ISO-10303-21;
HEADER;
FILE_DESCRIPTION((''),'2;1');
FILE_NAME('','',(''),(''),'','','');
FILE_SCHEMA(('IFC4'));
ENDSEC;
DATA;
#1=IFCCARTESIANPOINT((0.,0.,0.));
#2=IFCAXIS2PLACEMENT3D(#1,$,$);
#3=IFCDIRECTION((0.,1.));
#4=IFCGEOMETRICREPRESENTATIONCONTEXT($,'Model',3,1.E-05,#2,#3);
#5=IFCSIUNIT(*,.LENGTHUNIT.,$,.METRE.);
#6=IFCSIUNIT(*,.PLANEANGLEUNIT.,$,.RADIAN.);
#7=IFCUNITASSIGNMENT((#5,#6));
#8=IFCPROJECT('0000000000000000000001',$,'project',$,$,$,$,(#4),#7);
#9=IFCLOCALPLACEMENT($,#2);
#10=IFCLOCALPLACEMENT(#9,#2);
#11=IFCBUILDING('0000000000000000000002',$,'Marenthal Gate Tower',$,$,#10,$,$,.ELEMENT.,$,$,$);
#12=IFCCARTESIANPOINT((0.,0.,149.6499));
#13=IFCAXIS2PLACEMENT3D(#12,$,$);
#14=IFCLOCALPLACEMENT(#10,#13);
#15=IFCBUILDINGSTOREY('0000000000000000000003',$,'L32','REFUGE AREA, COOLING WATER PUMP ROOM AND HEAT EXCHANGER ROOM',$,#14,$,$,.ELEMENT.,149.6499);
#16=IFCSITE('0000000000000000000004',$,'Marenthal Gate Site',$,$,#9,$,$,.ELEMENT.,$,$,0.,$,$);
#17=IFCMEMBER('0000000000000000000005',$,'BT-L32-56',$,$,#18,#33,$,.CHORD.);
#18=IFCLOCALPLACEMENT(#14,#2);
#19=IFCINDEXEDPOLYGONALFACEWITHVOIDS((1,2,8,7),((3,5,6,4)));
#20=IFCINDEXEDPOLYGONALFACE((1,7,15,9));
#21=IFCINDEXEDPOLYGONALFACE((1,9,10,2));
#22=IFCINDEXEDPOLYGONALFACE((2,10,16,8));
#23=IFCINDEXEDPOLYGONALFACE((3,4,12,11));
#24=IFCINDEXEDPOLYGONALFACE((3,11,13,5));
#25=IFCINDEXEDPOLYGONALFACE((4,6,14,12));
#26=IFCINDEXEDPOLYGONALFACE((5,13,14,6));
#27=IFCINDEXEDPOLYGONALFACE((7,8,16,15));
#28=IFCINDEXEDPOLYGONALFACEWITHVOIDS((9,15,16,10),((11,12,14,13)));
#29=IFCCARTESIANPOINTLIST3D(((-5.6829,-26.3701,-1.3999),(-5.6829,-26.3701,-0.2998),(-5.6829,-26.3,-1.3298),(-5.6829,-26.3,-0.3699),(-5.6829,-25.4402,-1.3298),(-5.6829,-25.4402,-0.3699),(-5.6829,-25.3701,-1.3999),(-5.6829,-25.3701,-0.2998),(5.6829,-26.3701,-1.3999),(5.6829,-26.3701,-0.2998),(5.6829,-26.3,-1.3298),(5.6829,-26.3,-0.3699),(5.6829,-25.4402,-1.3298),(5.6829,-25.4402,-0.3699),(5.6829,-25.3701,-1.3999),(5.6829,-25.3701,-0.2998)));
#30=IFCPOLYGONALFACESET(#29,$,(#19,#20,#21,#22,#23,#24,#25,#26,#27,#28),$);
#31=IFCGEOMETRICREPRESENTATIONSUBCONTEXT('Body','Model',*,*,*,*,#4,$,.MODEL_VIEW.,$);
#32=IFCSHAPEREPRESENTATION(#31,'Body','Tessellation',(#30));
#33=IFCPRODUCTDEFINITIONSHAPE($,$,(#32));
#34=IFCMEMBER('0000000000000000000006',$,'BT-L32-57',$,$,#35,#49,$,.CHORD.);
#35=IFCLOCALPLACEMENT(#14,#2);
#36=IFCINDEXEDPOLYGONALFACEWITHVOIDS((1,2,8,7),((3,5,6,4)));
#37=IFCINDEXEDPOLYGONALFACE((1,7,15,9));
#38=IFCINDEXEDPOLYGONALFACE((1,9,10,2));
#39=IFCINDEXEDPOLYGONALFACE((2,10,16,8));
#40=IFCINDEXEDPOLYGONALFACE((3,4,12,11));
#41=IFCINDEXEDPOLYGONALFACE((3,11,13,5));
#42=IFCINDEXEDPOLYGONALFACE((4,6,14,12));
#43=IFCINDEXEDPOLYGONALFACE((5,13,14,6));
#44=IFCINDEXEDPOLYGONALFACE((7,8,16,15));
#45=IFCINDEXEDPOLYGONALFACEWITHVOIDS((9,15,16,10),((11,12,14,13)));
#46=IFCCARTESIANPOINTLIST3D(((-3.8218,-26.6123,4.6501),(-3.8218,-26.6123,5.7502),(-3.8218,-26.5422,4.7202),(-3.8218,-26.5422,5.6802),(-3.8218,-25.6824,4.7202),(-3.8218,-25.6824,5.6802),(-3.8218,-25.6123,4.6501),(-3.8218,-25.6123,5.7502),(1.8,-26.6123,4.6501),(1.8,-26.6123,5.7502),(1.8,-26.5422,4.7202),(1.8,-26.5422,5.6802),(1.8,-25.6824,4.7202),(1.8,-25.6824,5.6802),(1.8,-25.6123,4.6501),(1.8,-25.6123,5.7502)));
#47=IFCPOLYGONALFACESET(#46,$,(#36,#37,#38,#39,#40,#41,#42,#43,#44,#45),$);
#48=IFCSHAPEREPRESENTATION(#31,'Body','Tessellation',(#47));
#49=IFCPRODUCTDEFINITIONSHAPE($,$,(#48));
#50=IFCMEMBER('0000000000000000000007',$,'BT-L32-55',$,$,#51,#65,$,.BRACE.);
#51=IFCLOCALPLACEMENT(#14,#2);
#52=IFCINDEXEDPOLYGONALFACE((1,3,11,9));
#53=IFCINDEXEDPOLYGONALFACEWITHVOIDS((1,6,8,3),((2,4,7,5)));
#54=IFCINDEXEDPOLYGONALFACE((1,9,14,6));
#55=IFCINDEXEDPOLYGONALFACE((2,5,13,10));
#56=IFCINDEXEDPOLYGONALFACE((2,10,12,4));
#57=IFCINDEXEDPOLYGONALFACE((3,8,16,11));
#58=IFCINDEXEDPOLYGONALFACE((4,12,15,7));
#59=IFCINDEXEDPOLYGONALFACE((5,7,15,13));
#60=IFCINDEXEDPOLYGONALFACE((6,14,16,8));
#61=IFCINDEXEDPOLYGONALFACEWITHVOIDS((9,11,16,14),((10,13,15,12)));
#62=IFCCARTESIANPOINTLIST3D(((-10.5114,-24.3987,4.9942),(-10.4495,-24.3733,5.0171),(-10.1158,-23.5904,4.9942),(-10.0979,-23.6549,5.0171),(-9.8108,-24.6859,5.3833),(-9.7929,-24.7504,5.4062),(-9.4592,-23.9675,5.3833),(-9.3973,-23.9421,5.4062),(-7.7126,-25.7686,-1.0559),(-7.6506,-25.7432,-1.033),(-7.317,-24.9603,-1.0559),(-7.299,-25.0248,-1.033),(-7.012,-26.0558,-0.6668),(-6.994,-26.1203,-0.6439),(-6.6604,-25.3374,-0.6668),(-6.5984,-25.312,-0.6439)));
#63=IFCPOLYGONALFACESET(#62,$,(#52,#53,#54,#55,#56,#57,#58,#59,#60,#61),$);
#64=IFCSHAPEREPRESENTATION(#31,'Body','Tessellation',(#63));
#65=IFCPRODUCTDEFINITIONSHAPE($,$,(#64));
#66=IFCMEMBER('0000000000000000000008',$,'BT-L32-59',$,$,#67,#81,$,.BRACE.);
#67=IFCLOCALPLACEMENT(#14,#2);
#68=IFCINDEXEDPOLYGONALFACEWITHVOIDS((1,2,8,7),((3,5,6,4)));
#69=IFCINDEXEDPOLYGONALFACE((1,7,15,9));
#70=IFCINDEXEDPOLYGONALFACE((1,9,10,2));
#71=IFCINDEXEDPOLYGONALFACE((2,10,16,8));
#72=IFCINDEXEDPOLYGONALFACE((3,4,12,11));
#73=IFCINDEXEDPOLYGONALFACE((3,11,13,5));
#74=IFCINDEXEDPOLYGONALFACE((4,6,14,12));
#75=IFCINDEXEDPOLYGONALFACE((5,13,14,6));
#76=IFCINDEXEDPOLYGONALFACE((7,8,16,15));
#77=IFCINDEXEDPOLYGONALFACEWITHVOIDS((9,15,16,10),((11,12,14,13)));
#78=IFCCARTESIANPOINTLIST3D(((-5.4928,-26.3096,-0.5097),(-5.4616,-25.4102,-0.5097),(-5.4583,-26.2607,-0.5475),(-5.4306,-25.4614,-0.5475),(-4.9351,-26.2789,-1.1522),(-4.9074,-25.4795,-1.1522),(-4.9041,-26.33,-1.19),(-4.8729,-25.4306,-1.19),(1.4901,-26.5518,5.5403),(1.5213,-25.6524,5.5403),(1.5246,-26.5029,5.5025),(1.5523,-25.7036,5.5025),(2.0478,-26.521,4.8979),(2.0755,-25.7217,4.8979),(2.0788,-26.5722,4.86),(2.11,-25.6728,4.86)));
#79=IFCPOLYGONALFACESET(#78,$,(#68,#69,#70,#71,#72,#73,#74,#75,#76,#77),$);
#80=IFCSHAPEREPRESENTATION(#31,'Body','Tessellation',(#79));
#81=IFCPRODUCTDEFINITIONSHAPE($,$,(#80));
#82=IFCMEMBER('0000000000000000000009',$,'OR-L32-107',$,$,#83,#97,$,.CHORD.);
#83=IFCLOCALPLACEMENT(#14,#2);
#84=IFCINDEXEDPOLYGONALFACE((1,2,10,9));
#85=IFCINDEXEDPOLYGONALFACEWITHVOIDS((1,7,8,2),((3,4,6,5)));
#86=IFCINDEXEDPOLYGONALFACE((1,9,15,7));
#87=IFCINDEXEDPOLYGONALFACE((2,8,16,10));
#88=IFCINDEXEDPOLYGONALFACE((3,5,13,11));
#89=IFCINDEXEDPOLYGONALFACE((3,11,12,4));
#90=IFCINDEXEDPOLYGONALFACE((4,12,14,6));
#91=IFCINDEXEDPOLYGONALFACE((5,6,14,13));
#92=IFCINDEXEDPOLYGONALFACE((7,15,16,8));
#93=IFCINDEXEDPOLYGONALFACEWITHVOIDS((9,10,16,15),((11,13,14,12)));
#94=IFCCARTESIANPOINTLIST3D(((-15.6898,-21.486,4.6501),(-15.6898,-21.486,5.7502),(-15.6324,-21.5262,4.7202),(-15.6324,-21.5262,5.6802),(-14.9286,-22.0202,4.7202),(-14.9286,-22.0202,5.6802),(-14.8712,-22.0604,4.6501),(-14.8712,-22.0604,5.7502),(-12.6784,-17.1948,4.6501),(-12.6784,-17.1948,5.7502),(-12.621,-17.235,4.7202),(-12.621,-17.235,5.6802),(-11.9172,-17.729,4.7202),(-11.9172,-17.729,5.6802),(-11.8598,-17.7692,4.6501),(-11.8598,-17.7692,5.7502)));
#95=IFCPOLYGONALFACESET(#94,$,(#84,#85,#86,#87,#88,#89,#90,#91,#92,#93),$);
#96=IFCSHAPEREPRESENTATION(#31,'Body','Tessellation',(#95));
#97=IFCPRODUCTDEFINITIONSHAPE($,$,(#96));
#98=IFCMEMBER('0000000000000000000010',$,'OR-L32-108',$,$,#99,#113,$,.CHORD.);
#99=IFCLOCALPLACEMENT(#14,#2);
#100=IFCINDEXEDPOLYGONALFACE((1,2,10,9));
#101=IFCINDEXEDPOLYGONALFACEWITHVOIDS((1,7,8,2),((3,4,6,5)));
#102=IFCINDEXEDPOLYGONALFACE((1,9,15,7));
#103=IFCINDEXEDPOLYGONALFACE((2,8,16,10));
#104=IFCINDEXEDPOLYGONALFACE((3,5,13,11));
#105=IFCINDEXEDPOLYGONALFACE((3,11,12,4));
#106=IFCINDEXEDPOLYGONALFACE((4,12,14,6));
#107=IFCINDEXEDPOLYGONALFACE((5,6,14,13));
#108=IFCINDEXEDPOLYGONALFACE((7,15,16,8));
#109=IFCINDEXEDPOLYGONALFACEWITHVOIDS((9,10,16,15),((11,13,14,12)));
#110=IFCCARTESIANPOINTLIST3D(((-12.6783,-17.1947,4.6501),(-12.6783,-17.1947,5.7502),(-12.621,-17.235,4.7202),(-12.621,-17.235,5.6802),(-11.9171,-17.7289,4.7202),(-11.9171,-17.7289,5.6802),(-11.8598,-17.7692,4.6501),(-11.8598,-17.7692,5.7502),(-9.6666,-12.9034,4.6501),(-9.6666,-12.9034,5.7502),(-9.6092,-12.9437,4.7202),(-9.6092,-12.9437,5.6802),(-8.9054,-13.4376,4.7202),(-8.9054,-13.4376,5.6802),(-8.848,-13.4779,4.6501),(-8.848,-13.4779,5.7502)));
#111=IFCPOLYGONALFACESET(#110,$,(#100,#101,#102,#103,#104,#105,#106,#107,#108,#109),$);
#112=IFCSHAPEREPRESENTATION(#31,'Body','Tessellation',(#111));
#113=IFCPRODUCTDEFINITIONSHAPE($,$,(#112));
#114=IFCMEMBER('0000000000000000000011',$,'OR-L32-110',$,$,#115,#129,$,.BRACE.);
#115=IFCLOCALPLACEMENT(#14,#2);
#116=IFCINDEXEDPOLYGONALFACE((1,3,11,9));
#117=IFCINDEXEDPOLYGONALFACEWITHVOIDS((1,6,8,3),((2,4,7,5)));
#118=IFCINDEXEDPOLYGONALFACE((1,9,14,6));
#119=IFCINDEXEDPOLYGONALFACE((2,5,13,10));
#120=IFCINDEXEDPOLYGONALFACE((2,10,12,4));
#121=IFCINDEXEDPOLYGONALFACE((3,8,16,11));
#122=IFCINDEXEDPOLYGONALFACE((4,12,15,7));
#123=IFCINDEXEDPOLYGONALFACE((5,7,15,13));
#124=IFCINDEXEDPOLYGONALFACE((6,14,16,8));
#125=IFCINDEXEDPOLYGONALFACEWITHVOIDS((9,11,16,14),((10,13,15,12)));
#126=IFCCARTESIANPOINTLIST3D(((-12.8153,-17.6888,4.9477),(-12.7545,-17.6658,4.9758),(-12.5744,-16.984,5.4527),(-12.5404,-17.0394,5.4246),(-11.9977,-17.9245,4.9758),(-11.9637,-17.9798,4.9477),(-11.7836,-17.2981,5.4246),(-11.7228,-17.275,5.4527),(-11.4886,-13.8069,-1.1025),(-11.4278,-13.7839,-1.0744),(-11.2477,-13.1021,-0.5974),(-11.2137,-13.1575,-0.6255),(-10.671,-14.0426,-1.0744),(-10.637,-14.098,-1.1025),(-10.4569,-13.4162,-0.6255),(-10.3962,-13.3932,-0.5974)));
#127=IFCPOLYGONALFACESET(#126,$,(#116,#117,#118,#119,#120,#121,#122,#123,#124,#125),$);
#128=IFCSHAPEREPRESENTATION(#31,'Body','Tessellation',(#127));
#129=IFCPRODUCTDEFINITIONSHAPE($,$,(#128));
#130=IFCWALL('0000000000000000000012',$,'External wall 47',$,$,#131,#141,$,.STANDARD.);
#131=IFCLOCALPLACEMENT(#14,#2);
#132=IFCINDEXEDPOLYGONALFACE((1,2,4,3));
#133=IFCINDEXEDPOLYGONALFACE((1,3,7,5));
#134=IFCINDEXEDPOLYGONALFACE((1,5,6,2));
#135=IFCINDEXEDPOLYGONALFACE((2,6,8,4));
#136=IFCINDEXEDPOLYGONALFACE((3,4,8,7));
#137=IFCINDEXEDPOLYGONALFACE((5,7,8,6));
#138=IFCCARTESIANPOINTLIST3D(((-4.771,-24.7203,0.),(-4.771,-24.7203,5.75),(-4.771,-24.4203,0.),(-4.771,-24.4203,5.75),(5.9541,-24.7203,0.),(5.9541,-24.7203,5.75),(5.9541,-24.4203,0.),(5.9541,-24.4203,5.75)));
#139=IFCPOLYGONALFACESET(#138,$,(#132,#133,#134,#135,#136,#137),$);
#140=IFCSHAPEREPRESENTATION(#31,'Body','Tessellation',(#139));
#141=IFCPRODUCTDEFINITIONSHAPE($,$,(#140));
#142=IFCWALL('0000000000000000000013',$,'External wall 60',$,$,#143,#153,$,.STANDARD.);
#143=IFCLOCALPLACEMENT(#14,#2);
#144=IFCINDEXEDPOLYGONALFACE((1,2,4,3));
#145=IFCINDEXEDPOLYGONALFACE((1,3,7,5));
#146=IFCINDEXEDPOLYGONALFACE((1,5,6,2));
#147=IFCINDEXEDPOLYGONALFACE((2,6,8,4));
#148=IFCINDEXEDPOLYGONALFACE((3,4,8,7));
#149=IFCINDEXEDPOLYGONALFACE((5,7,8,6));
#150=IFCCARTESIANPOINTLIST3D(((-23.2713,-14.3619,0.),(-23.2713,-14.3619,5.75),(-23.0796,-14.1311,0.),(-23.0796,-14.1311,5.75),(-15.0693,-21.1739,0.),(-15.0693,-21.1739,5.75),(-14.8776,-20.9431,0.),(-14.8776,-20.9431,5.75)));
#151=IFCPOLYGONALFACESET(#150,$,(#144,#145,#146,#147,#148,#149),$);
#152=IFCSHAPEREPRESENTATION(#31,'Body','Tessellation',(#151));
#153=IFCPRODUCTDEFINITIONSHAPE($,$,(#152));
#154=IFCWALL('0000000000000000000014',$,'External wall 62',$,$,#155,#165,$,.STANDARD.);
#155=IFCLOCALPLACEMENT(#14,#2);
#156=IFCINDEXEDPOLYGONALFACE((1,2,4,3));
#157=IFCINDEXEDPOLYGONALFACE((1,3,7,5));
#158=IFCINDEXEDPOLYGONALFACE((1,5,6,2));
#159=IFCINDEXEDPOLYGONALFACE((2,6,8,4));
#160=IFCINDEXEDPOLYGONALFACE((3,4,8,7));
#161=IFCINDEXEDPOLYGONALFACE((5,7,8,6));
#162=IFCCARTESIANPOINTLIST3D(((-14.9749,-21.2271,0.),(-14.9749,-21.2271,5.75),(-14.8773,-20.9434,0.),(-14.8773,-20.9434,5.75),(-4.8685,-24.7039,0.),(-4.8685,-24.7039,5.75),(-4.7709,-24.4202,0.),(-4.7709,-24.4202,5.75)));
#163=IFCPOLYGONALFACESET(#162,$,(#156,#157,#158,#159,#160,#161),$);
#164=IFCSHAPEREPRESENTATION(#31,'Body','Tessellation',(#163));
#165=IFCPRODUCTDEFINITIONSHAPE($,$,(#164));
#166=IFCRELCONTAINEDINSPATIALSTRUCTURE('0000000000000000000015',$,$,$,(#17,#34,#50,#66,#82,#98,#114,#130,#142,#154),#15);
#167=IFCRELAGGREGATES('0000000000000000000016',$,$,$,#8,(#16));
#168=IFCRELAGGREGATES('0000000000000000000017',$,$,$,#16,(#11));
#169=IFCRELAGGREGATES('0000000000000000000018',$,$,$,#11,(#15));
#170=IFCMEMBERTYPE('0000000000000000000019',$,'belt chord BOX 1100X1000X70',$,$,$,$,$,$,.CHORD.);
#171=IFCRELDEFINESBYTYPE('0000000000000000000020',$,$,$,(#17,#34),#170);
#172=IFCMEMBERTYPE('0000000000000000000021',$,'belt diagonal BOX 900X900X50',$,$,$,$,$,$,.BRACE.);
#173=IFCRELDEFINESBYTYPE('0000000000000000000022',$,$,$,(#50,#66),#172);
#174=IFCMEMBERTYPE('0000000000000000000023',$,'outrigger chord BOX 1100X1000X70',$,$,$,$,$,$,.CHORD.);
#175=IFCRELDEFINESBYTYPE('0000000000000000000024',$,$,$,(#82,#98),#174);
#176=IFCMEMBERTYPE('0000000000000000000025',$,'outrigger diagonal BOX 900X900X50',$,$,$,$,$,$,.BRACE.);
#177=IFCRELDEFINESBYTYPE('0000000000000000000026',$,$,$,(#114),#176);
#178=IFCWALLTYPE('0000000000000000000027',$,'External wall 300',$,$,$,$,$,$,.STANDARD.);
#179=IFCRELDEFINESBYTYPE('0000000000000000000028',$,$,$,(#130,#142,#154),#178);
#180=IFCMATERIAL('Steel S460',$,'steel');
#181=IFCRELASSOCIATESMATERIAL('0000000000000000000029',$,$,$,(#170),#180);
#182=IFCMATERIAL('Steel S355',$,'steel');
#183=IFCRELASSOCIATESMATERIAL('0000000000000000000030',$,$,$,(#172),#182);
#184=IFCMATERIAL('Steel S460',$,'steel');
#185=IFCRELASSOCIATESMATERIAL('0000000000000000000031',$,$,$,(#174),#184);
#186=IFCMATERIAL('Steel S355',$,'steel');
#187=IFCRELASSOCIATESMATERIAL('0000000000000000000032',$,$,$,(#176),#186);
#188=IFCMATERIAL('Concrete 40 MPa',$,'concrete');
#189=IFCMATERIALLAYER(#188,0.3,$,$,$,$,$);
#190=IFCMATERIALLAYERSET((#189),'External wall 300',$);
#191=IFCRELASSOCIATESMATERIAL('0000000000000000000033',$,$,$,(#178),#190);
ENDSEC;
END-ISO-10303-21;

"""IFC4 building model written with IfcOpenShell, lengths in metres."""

from ifc_helpers import new_model, si_unit, direction, frame, frame_2d, origin, origin_2d, place, context, subcontext, project, spatial, rectangle, hollow_rectangle, extrude, material, layer, layer_set, material_profile, profile_set, type_object, element, save


model = new_model("IFC4")

# Units and contexts
model_context = context("Model", 3, precision=1e-05, world=origin(), true_north=direction((0.0, 1.0)))
body_context = subcontext(model_context, "Body", "Model", "MODEL_VIEW")
ifc_project = project(units=[si_unit("LENGTHUNIT", "METRE"), si_unit("PLANEANGLEUNIT", "RADIAN")], contexts=[model_context])

# Site, building, storey
site_placement = place(None, origin())
site = spatial("IfcSite", under=ifc_project, at=site_placement, Name="Marenthal Gate Site", CompositionType="ELEMENT", RefElevation=0.0)
building_placement = place(site_placement, origin())
building = spatial("IfcBuilding", under=site, at=building_placement, Name="Marenthal Gate Tower", CompositionType="ELEMENT")
storey_placement = place(building_placement, frame((0.0, 0.0, 149.6499)))
storey = spatial("IfcBuildingStorey", under=building, at=storey_placement, Name="L32", Description="REFUGE AREA, COOLING WATER PUMP ROOM AND HEAT EXCHANGER ROOM", CompositionType="ELEMENT", Elevation=149.6499)

# Members
ifc_material_1 = material(Name="Steel S460", Category="steel")
ifc_material_profile_1 = material_profile(ifc_material_1, hollow_rectangle(XDim=1.0, YDim=1.1001, WallThickness=0.0701, at=origin_2d()), Name="BOX 1100X1000X70")
ifc_profile_set_1 = profile_set([ifc_material_profile_1], Name="Steel S460")
member_type_1 = type_object("IfcMemberType", Name="belt chord BOX 1100X1000X70", PredefinedType="CHORD", material=ifc_profile_set_1)
member_1_placement = place(storey_placement, frame((-5.6829, -25.8701, -0.8499), z_axis=(1.0, 0.0, 0.0), x_axis=(0.0, 1.0, 0.0)))
element("IfcMember", 1, at=member_1_placement, inside=storey, type_object=member_type_1, Name="BT-L32-56", PredefinedType="CHORD", context=body_context, shape_type="SweptSolid", body=[
    extrude(hollow_rectangle(XDim=1.0, YDim=1.1001, WallThickness=0.0701, at=origin_2d()), origin(), (0.0, 0.0, 1.0), 11.3657),
])
member_2_placement = place(storey_placement, frame((-3.8218, -26.1123, 5.2002), z_axis=(1.0, 0.0, 0.0), x_axis=(0.0, 1.0, 0.0)))
element("IfcMember", 2, at=member_2_placement, inside=storey, type_object=member_type_1, Name="BT-L32-57", PredefinedType="CHORD", context=body_context, shape_type="SweptSolid", body=[
    extrude(hollow_rectangle(XDim=1.0, YDim=1.1001, WallThickness=0.0701, at=origin_2d()), origin(), (0.0, 0.0, 1.0), 5.6218),
])
ifc_material_2 = material(Name="Steel S355", Category="steel")
ifc_material_profile_2 = material_profile(ifc_material_2, hollow_rectangle(XDim=0.8999, YDim=0.8999, WallThickness=0.05, at=origin_2d()), Name="BOX 900X900X50")
ifc_profile_set_2 = profile_set([ifc_material_profile_2], Name="Steel S355")
member_type_2 = type_object("IfcMemberType", Name="belt diagonal BOX 900X900X50", PredefinedType="BRACE", material=ifc_profile_set_2)
member_3_placement = place(storey_placement, frame((-9.9543, -24.1704, 5.2002), z_axis=(0.411267, -0.201293, -0.889011), x_axis=(0.439613, 0.898187, 0.0)))
element("IfcMember", 3, at=member_3_placement, inside=storey, type_object=member_type_2, Name="BT-L32-55", PredefinedType="BRACE", context=body_context, shape_type="SweptSolid", body=[
    extrude(hollow_rectangle(XDim=0.8999, YDim=0.8999, WallThickness=0.05, at=origin_2d()), origin(), (0.0, 0.0, 1.0), 6.8054),
])
member_4_placement = place(storey_placement, frame((-5.1829, -25.8701, -0.8499), z_axis=(0.755526, -0.026204, 0.654594), x_axis=(0.034662, 0.999399, 0.0)))
element("IfcMember", 4, at=member_4_placement, inside=storey, type_object=member_type_2, Name="BT-L32-59", PredefinedType="BRACE", context=body_context, shape_type="SweptSolid", body=[
    extrude(hollow_rectangle(XDim=0.8999, YDim=0.8999, WallThickness=0.05, at=origin_2d()), origin(), (0.0, 0.0, 1.0), 9.2424),
])
ifc_material_3 = material(Name="Steel S460", Category="steel")
ifc_material_profile_3 = material_profile(ifc_material_3, hollow_rectangle(XDim=1.0, YDim=1.1001, WallThickness=0.0701, at=origin_2d()), Name="BOX 1100X1000X70")
ifc_profile_set_3 = profile_set([ifc_material_profile_3], Name="Steel S460")
member_type_3 = type_object("IfcMemberType", Name="outrigger chord BOX 1100X1000X70", PredefinedType="CHORD", material=ifc_profile_set_3)
member_5_placement = place(storey_placement, frame((-15.2805, -21.7732, 5.2002), z_axis=(0.574434, 0.818551, 0.0), x_axis=(-0.818551, 0.574434, 0.0)))
element("IfcMember", 5, at=member_5_placement, inside=storey, type_object=member_type_3, Name="OR-L32-107", PredefinedType="CHORD", context=body_context, shape_type="SweptSolid", body=[
    extrude(hollow_rectangle(XDim=1.0, YDim=1.1001, WallThickness=0.0701, at=origin_2d()), origin(), (0.0, 0.0, 1.0), 5.2424),
])
member_6_placement = place(storey_placement, frame((-12.269, -17.4819, 5.2002), z_axis=(0.574465, 0.818529, 0.0), x_axis=(-0.818529, 0.574465, 0.0)))
element("IfcMember", 6, at=member_6_placement, inside=storey, type_object=member_type_3, Name="OR-L32-108", PredefinedType="CHORD", context=body_context, shape_type="SweptSolid", body=[
    extrude(hollow_rectangle(XDim=1.0, YDim=1.1001, WallThickness=0.0701, at=origin_2d()), origin(), (0.0, 0.0, 1.0), 5.2427),
])
ifc_material_4 = material(Name="Steel S355", Category="steel")
ifc_material_profile_4 = material_profile(ifc_material_4, hollow_rectangle(XDim=0.8999, YDim=0.8999, WallThickness=0.05, at=origin_2d()), Name="BOX 900X900X50")
ifc_profile_set_4 = profile_set([ifc_material_profile_4], Name="Steel S355")
member_type_4 = type_object("IfcMemberType", Name="outrigger diagonal BOX 900X900X50", PredefinedType="BRACE", material=ifc_profile_set_4)
member_7_placement = place(storey_placement, frame((-12.269, -17.4819, 5.2002), z_axis=(0.181493, 0.531052, -0.827674), x_axis=(-0.946264, 0.323396, 0.0)))
element("IfcMember", 7, at=member_7_placement, inside=storey, type_object=member_type_4, Name="OR-L32-110", PredefinedType="BRACE", context=body_context, shape_type="SweptSolid", body=[
    extrude(hollow_rectangle(XDim=0.8999, YDim=0.8999, WallThickness=0.05, at=origin_2d()), origin(), (0.0, 0.0, 1.0), 7.3098),
])

# Walls
ifc_material_5 = material(Name="Concrete 40 MPa", Category="concrete")
ifc_layer_1 = layer(ifc_material_5, 0.3)
ifc_layer_set_1 = layer_set([ifc_layer_1], Name="External wall 300")
wall_type_1 = type_object("IfcWallType", Name="External wall 300", PredefinedType="STANDARD", material=ifc_layer_set_1)
wall_1_placement = place(storey_placement, frame((-4.771, -24.5703, 0.0), z_axis=(0.0, 0.0, 1.0), x_axis=(1.0, 0.0, 0.0)))
element("IfcWall", 8, at=wall_1_placement, inside=storey, type_object=wall_type_1, Name="External wall 47", PredefinedType="STANDARD", context=body_context, shape_type="SweptSolid", body=[
    extrude(rectangle(XDim=10.7251, YDim=0.3, at=frame_2d((5.3625, 0.0))), origin(), (0.0, 0.0, 1.0), 5.75),
])
wall_2_placement = place(storey_placement, frame((-14.9734, -21.0586, 0.0), z_axis=(0.0, 0.0, 1.0), x_axis=(-0.769277, 0.638915, 0.0)))
element("IfcWall", 9, at=wall_2_placement, inside=storey, type_object=wall_type_1, Name="External wall 60", PredefinedType="STANDARD", context=body_context, shape_type="SweptSolid", body=[
    extrude(rectangle(XDim=10.6619, YDim=0.3, at=frame_2d((5.3311, 0.0))), origin(), (0.0, 0.0, 1.0), 5.75),
])
wall_3_placement = place(storey_placement, frame((-4.8198, -24.562, 0.0), z_axis=(0.0, 0.0, 1.0), x_axis=(-0.945608, 0.325307, 0.0)))
element("IfcWall", 10, at=wall_3_placement, inside=storey, type_object=wall_type_1, Name="External wall 62", PredefinedType="STANDARD", context=body_context, shape_type="SweptSolid", body=[
    extrude(rectangle(XDim=10.6877, YDim=0.3, at=frame_2d((5.3438, 0.0))), origin(), (0.0, 0.0, 1.0), 5.75),
])

save(model, "model.ifc")
